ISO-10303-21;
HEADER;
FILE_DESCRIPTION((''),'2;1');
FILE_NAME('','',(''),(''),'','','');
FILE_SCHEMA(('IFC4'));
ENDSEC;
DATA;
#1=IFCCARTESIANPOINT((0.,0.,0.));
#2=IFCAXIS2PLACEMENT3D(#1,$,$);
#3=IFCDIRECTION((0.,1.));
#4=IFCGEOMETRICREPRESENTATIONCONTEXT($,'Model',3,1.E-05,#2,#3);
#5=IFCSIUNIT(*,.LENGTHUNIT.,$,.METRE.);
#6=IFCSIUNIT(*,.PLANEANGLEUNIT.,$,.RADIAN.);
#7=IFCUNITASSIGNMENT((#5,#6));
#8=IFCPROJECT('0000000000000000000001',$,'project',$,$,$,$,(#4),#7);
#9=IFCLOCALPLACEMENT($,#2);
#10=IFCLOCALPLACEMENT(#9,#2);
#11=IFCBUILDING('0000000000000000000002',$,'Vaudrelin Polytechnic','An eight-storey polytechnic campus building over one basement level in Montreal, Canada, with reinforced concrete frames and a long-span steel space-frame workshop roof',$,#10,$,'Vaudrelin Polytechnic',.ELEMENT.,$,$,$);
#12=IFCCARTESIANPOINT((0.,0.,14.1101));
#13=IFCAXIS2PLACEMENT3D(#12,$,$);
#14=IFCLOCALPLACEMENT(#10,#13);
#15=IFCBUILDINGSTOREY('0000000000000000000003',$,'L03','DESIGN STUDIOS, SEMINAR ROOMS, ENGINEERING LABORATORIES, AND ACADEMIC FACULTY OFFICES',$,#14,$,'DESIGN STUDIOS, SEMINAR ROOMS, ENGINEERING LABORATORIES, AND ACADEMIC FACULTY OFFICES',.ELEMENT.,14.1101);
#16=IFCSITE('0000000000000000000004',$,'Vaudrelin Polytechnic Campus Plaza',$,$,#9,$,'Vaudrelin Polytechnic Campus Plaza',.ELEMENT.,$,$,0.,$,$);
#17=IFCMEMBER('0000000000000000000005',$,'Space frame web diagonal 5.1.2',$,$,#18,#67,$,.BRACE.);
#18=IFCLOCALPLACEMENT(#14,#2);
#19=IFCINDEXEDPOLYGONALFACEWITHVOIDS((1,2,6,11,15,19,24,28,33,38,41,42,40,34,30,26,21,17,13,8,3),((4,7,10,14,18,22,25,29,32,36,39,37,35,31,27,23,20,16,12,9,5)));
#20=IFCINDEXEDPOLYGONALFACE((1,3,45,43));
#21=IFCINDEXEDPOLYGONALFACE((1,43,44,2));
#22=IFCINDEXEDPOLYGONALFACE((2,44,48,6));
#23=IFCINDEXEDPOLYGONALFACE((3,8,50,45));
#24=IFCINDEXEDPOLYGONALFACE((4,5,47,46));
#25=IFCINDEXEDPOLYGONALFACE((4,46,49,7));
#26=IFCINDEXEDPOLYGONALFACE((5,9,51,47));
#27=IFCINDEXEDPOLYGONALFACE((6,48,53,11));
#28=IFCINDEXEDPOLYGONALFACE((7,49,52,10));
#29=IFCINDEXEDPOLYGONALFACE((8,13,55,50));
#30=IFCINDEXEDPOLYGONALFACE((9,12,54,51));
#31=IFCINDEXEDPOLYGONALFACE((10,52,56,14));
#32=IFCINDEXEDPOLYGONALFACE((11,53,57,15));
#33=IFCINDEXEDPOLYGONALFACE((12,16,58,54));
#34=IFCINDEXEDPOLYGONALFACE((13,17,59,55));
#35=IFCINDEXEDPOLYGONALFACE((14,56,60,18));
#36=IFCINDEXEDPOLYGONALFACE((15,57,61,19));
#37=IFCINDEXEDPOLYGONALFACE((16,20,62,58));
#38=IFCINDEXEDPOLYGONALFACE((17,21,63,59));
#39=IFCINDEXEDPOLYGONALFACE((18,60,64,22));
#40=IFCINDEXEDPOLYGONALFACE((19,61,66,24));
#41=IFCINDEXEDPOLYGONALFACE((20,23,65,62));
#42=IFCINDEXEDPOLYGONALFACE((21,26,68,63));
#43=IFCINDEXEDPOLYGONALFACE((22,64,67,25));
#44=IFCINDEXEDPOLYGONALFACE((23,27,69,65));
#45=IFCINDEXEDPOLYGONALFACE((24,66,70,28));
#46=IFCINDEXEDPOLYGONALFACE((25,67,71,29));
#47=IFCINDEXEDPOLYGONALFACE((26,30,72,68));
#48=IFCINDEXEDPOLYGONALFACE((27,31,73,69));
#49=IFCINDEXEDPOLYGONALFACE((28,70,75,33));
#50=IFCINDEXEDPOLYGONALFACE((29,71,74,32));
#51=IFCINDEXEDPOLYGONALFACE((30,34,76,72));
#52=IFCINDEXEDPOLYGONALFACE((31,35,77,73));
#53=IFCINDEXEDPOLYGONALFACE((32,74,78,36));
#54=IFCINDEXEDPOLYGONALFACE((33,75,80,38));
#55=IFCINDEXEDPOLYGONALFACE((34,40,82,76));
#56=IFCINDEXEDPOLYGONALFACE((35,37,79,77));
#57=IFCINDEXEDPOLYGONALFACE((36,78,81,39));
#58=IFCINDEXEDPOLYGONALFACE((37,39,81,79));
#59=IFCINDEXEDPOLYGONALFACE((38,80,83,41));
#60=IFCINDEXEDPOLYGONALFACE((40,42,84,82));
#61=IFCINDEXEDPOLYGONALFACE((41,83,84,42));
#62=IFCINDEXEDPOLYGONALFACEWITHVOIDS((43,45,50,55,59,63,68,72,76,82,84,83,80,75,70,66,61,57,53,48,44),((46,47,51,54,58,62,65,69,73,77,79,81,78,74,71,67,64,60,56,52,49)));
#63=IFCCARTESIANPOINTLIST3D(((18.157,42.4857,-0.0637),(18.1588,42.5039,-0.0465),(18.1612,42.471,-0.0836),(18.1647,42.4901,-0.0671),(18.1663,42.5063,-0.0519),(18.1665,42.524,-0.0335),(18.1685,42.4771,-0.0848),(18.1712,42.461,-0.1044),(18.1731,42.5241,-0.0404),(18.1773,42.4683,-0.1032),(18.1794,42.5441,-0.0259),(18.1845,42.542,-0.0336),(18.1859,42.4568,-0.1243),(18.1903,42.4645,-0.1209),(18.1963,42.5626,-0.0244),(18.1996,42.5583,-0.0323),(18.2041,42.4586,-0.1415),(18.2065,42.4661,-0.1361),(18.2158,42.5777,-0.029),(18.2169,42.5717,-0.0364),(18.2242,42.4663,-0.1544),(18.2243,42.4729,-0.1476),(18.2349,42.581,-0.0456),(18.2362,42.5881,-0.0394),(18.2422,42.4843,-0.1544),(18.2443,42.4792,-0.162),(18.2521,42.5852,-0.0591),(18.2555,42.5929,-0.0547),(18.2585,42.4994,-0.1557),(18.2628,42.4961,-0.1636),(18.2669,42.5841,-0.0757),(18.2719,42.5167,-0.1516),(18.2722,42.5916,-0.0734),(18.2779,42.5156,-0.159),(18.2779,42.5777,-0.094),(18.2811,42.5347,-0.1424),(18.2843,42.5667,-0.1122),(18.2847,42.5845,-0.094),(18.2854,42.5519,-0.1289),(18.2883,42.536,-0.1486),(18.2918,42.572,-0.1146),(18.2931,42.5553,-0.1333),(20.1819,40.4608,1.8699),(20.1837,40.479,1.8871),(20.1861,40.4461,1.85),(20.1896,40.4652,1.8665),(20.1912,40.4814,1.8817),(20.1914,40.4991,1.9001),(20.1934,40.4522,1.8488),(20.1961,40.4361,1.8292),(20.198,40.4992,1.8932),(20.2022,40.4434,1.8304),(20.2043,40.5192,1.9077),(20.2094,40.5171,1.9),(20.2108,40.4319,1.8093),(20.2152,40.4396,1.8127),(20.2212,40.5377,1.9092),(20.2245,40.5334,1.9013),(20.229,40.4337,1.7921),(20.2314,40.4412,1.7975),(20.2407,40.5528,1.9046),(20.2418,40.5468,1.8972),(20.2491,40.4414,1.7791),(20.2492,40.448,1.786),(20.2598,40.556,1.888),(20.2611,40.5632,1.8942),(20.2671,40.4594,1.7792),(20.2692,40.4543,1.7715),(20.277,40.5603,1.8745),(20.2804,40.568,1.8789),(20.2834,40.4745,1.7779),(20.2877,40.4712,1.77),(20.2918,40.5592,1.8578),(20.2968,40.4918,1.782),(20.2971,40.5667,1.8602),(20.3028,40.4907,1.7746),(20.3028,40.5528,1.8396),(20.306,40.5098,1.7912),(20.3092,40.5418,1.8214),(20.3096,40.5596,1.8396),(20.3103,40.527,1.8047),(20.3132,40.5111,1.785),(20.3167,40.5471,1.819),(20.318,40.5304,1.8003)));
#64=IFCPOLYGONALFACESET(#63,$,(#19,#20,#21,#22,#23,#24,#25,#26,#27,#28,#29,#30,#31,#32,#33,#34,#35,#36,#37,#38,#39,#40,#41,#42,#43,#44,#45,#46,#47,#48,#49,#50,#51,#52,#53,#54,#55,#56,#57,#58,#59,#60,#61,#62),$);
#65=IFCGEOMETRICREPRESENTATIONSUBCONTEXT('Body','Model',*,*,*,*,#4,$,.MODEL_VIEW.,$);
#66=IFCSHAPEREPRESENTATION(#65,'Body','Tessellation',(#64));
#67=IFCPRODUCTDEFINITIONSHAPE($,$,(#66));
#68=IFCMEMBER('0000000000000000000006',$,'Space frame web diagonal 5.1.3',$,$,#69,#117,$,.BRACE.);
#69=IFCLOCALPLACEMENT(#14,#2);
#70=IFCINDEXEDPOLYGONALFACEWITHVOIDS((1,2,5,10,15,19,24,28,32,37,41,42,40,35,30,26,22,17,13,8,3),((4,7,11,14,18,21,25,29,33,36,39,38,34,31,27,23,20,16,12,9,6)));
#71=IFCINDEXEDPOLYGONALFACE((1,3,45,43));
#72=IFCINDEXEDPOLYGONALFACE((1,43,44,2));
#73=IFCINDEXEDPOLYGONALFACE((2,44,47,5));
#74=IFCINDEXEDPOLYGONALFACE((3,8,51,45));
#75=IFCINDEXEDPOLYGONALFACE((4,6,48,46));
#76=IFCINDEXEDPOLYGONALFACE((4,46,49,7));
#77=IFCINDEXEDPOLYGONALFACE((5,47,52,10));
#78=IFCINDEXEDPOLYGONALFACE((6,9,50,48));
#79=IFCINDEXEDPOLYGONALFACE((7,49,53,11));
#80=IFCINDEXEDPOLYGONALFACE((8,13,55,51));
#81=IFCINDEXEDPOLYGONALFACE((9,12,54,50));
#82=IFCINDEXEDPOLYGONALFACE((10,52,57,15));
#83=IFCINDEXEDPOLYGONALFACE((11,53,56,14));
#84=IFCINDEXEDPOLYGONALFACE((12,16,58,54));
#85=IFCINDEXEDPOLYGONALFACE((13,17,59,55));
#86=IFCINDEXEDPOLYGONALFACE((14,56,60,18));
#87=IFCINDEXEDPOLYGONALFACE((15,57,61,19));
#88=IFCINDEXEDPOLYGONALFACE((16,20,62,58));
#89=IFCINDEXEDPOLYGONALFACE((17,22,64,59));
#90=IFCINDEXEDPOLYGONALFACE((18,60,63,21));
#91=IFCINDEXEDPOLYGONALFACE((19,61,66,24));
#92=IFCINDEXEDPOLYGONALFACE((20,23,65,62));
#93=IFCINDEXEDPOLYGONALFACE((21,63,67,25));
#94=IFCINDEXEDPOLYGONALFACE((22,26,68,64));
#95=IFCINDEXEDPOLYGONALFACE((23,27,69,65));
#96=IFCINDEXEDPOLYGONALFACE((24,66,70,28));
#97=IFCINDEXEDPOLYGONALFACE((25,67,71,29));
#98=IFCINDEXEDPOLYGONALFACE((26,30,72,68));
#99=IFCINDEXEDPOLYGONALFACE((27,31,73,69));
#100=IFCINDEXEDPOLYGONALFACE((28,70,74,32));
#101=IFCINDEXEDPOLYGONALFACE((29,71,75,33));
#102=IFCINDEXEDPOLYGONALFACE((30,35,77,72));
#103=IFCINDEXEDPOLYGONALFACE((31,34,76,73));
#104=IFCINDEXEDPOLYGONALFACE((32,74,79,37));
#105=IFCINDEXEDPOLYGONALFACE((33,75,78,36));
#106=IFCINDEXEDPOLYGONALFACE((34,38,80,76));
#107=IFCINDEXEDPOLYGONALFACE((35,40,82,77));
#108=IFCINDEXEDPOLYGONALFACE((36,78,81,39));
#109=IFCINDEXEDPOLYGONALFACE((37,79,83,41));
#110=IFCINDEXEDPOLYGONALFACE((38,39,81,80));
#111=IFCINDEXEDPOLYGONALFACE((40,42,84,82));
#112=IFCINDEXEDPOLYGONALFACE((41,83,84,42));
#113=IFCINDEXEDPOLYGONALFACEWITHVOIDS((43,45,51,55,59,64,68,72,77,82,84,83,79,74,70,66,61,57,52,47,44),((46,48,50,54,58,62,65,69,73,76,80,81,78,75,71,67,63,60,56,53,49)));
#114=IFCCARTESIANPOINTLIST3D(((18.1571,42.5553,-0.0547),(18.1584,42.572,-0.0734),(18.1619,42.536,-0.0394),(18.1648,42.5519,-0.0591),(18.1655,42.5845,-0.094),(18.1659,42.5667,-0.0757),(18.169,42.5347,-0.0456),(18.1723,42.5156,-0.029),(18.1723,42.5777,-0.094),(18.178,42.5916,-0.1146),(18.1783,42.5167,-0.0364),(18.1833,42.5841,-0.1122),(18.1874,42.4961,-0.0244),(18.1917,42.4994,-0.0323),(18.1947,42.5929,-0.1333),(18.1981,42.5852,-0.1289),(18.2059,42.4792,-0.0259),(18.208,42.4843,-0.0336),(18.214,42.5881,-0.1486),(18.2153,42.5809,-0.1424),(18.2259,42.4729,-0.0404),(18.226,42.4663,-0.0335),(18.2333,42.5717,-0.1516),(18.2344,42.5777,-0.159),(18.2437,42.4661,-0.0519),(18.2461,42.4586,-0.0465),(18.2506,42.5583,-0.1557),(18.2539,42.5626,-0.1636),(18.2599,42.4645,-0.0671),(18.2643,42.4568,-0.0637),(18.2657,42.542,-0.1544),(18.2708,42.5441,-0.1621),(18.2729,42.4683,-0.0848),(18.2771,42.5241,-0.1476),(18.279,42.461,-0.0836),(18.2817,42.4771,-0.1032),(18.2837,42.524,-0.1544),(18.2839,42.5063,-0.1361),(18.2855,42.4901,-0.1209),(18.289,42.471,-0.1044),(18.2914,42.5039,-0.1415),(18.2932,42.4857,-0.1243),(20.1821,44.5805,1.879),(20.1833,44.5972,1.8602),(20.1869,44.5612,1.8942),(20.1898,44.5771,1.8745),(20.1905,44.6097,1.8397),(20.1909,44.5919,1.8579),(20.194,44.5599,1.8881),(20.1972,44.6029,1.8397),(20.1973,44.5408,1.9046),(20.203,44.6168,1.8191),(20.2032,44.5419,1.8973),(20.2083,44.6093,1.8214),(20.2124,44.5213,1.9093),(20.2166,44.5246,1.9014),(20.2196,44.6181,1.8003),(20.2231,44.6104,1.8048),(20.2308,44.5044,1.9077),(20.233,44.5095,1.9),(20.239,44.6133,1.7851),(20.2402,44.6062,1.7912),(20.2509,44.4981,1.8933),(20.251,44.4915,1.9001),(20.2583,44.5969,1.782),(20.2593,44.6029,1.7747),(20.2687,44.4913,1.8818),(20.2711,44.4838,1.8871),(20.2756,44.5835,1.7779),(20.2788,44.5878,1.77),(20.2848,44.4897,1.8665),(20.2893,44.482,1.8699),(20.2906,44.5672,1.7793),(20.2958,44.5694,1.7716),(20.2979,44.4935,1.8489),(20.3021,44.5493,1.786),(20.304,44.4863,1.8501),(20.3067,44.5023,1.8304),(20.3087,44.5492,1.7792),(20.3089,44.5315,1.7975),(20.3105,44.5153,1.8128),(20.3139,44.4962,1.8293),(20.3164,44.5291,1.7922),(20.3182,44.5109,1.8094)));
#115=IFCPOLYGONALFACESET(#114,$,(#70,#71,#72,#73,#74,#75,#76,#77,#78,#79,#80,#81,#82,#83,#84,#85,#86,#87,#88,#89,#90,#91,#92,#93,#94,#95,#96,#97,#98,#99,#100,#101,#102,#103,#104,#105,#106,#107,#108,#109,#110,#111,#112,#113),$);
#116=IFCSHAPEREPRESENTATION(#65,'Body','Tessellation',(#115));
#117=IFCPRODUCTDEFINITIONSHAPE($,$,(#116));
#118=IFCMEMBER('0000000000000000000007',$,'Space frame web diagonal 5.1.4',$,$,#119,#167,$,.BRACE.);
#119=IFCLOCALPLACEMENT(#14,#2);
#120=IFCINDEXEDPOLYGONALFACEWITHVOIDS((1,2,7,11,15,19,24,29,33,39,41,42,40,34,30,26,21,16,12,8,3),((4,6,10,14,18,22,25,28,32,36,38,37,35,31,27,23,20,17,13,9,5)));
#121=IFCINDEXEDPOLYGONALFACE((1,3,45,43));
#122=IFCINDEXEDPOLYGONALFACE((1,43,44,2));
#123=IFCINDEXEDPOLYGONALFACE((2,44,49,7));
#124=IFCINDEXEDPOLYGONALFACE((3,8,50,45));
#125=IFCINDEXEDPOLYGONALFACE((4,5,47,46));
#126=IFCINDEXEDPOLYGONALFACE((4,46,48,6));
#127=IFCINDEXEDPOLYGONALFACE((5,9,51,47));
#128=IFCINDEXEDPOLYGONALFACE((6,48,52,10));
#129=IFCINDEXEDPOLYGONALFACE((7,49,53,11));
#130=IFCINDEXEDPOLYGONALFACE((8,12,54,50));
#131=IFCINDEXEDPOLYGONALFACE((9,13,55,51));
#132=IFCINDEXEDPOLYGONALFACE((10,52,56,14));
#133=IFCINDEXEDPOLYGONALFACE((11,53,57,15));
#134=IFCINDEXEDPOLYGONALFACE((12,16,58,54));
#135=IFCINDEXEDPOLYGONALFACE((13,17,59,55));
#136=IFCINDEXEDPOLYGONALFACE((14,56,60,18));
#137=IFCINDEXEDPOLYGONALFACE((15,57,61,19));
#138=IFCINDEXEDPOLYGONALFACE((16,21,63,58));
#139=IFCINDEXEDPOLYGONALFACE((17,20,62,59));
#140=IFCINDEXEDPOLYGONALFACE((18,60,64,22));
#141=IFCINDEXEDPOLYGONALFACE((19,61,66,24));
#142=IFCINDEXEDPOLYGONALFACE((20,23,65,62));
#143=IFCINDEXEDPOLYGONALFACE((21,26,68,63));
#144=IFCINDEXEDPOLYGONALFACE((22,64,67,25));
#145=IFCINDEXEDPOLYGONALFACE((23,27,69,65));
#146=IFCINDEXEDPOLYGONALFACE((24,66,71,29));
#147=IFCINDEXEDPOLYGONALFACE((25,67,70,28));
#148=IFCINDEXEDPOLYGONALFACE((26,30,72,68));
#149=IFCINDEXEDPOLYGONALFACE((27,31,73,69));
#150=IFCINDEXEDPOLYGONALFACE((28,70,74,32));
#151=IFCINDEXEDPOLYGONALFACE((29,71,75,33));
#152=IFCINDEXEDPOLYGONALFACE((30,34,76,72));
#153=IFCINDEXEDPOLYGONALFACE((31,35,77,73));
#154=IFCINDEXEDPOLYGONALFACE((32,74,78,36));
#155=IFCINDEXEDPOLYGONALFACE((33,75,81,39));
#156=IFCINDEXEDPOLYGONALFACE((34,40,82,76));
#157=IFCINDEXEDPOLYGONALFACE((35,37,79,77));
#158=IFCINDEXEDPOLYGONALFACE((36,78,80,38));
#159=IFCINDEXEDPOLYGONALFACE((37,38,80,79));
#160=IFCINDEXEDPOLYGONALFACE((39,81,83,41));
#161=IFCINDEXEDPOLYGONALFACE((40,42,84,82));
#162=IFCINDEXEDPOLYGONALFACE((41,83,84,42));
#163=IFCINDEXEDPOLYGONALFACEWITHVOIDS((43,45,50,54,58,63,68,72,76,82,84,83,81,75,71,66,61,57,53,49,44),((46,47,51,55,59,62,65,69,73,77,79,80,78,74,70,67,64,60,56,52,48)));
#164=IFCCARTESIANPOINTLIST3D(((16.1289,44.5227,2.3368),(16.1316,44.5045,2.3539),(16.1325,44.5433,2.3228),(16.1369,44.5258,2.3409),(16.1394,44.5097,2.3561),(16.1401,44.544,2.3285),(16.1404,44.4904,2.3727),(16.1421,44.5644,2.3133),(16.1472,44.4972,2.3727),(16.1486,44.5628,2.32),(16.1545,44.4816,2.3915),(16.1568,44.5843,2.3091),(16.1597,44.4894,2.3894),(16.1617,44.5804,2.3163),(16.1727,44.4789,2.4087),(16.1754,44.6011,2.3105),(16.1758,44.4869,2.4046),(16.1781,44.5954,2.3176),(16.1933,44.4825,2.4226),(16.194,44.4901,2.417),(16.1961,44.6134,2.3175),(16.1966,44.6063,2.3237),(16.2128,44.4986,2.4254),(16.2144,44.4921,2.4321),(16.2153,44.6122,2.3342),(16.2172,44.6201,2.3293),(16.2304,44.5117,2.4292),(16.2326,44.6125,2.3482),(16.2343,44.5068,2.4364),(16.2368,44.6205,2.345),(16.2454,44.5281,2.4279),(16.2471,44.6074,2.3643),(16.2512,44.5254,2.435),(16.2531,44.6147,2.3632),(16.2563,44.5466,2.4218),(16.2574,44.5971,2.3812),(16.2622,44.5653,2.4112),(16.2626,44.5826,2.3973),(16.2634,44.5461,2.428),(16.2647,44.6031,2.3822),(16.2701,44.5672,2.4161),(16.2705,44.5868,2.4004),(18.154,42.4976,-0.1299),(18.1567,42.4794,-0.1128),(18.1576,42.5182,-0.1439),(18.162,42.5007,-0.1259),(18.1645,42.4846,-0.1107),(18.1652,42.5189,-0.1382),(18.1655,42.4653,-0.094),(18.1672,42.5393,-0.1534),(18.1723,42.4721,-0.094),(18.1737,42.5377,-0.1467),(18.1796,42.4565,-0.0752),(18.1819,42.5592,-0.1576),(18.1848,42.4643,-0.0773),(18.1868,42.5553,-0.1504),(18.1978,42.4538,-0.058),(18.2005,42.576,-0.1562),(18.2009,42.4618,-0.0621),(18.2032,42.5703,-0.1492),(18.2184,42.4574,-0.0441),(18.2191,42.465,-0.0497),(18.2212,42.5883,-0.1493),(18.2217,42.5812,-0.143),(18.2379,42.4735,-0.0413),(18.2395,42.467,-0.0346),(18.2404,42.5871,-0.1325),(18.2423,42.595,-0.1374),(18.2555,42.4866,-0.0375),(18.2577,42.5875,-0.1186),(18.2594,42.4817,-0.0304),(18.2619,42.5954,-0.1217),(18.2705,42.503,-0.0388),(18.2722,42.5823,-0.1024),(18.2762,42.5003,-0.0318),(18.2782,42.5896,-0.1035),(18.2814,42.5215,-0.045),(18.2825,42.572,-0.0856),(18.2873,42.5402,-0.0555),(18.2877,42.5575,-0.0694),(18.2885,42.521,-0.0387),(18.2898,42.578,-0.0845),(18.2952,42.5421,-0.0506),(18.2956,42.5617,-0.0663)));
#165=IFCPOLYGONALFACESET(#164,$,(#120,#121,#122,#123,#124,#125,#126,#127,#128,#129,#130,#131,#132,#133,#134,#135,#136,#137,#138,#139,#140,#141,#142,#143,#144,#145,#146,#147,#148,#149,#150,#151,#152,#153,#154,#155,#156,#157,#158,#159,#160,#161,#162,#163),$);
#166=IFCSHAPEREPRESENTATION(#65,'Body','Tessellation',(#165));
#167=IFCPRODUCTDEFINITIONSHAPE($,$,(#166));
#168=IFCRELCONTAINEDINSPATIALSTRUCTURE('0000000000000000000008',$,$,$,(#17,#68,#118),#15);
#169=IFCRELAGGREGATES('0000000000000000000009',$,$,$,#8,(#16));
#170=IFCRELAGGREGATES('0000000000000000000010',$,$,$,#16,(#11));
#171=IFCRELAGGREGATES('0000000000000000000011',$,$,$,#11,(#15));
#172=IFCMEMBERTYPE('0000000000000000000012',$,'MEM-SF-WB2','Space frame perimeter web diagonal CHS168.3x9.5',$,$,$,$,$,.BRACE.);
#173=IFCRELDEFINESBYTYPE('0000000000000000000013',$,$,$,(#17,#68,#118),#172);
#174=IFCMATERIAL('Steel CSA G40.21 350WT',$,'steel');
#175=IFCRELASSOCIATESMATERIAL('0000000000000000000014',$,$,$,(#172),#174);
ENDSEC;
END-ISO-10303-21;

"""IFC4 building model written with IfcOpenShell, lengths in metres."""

from ifc_helpers import new_model, si_unit, direction, frame, origin, origin_2d, place, context, subcontext, project, spatial, hollow_circle, extrude, material, material_profile, profile_set, type_object, element, save


model = new_model("IFC4")

# Units and contexts
model_context = context("Model", 3, precision=1e-05, world=origin(), true_north=direction((0.0, 1.0)))
body_context = subcontext(model_context, "Body", "Model", "MODEL_VIEW")
ifc_project = project(units=[si_unit("LENGTHUNIT", "METRE"), si_unit("PLANEANGLEUNIT", "RADIAN")], contexts=[model_context])

# Site, building, storey
site_placement = place(None, origin())
site = spatial("IfcSite", under=ifc_project, at=site_placement, Name="Vaudrelin Polytechnic Campus Plaza", LongName="Vaudrelin Polytechnic Campus Plaza", CompositionType="ELEMENT", RefElevation=0.0)
building_placement = place(site_placement, origin())
building = spatial("IfcBuilding", under=site, at=building_placement, Name="Vaudrelin Polytechnic", Description="An eight-storey polytechnic campus building over one basement level in Montreal, Canada, with reinforced concrete frames and a long-span steel space-frame workshop roof", LongName="Vaudrelin Polytechnic", CompositionType="ELEMENT")
storey_placement = place(building_placement, frame((0.0, 0.0, 14.1101)))
storey = spatial("IfcBuildingStorey", under=building, at=storey_placement, Name="L03", Description="DESIGN STUDIOS, SEMINAR ROOMS, ENGINEERING LABORATORIES, AND ACADEMIC FACULTY OFFICES", LongName="DESIGN STUDIOS, SEMINAR ROOMS, ENGINEERING LABORATORIES, AND ACADEMIC FACULTY OFFICES", CompositionType="ELEMENT", Elevation=14.1101)

# Members
ifc_material = material(Name="Steel CSA G40.21 350WT", Category="steel")
ifc_material_profile_1 = material_profile(ifc_material, hollow_circle(Radius=0.0842, WallThickness=0.0095, at=origin_2d()), Name="CHS168.3x9.5")
ifc_profile_set_1 = profile_set([ifc_material_profile_1], Name="Steel CSA G40.21 350WT")
member_type_1 = type_object("IfcMemberType", Name="MEM-SF-WB2", Description="Space frame perimeter web diagonal CHS168.3x9.5", PredefinedType="BRACE", material=ifc_profile_set_1)
member_1_placement = place(storey_placement, frame((18.2251, 42.5249, -0.094), z_axis=(0.586024, -0.586024, 0.559599), x_axis=(0.707107, 0.707107, 0.0)))
element("IfcMember", 1, at=member_1_placement, inside=storey, type_object=member_type_1, Name="Space frame web diagonal 5.1.2", PredefinedType="BRACE", context=body_context, shape_type="SweptSolid", body=[
    extrude(hollow_circle(Radius=0.0842, WallThickness=0.0095, at=origin_2d()), origin(), (0.0, 0.0, 1.0), 3.4553),
])
member_2_placement = place(storey_placement, frame((18.2251, 42.5249, -0.094), z_axis=(0.586, 0.586071, 0.559576), x_axis=(-0.707149, 0.707064, 0.0)))
element("IfcMember", 2, at=member_2_placement, inside=storey, type_object=member_type_1, Name="Space frame web diagonal 5.1.3", PredefinedType="BRACE", context=body_context, shape_type="SweptSolid", body=[
    extrude(hollow_circle(Radius=0.0842, WallThickness=0.0095, at=origin_2d()), origin(), (0.0, 0.0, 1.0), 3.4556),
])
member_3_placement = place(storey_placement, frame((18.2251, 42.5249, -0.094), z_axis=(-0.535769, 0.535769, 0.652612), x_axis=(-0.707107, -0.707107, 0.0)))
element("IfcMember", 3, at=member_3_placement, inside=storey, type_object=member_type_1, Name="Space frame web diagonal 5.1.4", PredefinedType="BRACE", context=body_context, shape_type="SweptSolid", body=[
    extrude(hollow_circle(Radius=0.0842, WallThickness=0.0095, at=origin_2d()), origin(), (0.0, 0.0, 1.0), 3.7798),
])

save(model, "model.ifc")
